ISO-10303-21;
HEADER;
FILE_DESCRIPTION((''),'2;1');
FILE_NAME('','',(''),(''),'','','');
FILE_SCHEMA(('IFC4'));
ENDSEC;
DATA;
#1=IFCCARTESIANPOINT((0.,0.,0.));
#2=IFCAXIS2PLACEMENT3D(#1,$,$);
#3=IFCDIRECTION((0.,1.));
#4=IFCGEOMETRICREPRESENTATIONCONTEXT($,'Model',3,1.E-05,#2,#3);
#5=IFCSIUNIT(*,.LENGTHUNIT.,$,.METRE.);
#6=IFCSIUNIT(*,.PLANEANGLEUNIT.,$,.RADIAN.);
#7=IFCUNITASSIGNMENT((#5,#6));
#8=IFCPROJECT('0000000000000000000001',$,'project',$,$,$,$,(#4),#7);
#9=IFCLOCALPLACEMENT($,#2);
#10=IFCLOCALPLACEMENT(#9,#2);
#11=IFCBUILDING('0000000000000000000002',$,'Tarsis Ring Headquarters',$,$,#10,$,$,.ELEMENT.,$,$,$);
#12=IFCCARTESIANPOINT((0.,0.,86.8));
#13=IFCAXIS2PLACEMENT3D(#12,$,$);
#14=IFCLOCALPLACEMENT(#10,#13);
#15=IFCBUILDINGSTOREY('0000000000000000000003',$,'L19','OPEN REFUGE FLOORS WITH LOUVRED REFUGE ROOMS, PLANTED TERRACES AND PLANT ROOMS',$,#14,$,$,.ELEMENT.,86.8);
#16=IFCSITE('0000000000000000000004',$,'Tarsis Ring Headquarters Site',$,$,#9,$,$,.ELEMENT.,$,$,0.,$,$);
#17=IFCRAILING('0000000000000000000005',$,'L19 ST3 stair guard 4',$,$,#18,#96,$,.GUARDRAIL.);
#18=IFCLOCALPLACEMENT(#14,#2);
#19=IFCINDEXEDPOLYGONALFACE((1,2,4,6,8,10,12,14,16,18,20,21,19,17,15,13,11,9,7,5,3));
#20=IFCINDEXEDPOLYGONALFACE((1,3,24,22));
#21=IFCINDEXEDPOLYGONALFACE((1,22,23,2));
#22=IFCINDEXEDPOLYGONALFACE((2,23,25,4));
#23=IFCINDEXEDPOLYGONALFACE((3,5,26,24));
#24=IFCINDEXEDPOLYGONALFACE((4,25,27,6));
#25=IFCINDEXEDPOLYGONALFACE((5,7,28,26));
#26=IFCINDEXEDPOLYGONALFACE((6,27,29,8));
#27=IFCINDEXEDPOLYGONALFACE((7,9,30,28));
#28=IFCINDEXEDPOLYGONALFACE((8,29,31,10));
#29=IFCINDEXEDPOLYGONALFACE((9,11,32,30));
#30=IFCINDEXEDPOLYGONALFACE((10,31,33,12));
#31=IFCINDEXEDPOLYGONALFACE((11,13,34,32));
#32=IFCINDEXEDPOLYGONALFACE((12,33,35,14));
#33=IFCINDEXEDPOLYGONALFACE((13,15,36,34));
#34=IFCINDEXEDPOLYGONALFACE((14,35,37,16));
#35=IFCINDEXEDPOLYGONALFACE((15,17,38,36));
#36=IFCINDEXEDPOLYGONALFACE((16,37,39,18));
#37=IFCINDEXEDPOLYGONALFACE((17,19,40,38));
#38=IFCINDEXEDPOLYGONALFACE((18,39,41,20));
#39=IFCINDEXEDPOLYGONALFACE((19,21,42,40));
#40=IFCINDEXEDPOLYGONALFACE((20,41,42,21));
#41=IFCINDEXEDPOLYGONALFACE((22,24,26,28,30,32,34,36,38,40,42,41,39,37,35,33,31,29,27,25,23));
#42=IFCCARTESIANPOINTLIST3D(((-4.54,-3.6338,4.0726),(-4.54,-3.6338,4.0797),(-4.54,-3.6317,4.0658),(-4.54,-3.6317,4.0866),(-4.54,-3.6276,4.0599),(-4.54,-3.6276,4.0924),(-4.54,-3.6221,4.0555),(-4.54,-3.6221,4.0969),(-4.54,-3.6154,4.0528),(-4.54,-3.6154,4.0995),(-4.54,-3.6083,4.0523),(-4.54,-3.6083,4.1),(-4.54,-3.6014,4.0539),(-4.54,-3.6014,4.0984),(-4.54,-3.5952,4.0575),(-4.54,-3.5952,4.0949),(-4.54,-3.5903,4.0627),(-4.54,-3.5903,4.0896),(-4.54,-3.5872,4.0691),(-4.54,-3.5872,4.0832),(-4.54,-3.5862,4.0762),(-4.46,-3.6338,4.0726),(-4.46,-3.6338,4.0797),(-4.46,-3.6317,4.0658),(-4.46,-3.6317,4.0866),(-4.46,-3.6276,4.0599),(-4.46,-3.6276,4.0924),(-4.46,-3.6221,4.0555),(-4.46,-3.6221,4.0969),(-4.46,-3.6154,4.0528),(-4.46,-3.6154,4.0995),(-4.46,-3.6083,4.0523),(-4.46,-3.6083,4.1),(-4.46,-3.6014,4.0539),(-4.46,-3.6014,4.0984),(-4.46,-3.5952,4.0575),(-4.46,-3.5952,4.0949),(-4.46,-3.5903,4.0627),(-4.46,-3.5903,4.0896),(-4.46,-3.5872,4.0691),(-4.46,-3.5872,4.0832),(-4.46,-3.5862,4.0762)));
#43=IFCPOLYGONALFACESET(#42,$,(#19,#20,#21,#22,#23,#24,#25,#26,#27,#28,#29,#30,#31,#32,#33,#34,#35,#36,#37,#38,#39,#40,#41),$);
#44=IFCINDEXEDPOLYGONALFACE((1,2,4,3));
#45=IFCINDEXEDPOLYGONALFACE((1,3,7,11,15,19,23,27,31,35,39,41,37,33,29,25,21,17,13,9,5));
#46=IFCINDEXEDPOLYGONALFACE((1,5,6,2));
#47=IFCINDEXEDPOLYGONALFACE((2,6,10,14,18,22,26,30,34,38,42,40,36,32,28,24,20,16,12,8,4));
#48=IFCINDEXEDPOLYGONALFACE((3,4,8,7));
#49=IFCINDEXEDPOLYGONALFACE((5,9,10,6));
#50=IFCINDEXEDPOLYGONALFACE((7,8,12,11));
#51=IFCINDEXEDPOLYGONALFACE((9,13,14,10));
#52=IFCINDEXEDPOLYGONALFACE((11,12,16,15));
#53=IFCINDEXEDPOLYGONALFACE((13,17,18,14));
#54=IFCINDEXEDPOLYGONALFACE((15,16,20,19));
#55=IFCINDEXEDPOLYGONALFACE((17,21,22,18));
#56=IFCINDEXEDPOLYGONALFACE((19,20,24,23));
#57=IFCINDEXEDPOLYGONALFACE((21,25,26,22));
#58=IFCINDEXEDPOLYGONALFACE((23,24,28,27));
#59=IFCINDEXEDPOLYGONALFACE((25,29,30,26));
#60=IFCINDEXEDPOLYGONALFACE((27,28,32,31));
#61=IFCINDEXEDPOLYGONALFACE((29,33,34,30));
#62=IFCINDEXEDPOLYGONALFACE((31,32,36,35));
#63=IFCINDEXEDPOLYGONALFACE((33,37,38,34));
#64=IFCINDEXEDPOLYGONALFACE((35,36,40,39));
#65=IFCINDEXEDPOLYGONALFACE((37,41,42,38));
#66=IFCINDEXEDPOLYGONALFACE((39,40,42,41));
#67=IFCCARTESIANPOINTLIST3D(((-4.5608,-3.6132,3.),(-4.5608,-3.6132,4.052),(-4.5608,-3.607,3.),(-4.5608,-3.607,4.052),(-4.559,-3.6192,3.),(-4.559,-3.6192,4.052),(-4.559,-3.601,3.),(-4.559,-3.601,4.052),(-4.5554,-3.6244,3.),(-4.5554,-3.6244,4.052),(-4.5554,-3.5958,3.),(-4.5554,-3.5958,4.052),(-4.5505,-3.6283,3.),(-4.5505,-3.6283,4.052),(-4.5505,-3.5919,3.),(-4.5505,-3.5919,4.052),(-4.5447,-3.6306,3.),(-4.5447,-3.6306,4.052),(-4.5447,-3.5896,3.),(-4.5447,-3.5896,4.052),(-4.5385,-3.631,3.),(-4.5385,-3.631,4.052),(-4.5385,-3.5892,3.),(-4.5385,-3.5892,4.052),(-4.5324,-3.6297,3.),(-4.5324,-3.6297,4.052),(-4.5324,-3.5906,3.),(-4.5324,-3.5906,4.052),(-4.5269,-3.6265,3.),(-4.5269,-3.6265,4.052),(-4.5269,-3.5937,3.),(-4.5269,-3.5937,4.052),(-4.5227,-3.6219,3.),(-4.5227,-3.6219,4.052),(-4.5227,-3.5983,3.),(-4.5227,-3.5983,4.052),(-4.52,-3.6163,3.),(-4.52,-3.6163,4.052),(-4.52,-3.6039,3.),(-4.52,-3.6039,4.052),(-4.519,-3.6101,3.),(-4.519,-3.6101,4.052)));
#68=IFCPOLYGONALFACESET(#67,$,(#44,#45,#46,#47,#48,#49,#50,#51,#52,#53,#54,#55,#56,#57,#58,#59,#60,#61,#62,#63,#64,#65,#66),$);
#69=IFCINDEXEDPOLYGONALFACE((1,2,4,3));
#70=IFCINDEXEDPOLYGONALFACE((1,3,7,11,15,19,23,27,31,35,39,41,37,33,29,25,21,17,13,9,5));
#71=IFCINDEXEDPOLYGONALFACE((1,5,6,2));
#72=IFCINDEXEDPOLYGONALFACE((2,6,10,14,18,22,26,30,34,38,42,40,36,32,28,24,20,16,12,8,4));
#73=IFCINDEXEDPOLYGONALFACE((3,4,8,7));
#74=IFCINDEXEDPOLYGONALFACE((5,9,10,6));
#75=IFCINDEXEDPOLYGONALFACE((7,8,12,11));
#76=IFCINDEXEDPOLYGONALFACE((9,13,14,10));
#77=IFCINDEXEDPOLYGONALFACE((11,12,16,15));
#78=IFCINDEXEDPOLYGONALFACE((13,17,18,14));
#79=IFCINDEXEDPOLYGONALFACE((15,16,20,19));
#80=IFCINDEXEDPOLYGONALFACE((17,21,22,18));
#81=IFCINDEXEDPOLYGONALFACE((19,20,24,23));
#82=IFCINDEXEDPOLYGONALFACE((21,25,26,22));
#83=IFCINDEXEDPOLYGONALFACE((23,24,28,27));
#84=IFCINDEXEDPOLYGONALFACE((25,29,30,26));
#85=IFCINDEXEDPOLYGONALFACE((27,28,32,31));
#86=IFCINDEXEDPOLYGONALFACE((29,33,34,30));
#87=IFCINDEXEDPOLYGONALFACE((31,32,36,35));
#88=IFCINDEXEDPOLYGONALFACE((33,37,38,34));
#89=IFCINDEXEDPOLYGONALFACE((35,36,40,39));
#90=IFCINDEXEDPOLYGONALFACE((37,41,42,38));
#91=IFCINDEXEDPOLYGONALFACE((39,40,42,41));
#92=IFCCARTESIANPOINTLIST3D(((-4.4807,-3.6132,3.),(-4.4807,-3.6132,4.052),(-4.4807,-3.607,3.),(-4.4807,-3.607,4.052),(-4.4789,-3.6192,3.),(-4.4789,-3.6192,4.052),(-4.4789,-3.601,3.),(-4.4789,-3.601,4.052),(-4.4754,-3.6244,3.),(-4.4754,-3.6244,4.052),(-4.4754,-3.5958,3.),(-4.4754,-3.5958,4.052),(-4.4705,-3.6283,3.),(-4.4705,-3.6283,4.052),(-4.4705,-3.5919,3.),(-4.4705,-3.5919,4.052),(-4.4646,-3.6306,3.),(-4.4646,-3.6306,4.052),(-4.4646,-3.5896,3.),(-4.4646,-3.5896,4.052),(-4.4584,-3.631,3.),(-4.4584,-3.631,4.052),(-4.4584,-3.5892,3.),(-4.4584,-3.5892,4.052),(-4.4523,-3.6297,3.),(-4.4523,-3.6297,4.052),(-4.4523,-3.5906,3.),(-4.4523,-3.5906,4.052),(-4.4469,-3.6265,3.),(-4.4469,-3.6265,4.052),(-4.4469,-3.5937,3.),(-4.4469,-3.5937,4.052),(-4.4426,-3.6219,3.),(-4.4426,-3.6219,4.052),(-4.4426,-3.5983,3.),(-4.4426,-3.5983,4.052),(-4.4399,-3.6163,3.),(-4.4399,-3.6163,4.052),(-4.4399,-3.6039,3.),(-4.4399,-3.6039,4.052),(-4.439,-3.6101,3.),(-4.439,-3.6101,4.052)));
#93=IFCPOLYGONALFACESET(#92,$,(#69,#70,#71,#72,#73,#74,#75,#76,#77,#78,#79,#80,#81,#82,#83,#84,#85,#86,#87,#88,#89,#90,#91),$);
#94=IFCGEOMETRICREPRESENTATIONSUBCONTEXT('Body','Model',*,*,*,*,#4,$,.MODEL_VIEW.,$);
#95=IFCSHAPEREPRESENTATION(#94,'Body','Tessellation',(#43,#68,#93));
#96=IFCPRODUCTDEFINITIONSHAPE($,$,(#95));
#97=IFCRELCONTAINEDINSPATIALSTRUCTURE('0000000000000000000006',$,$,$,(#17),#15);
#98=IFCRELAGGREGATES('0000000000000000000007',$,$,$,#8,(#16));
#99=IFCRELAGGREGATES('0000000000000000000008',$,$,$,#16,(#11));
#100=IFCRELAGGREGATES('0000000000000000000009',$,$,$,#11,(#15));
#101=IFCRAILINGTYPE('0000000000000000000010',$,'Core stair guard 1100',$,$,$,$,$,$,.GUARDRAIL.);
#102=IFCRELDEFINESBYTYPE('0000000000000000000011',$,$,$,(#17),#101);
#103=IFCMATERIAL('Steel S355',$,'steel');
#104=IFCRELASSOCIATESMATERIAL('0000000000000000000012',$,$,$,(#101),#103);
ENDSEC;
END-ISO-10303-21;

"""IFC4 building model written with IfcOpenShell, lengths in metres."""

from ifc_helpers import new_model, si_unit, direction, frame, origin, origin_2d, place, context, subcontext, project, spatial, circle, extrude, material, type_object, element, save


model = new_model("IFC4")

# Units and contexts
model_context = context("Model", 3, precision=1e-05, world=origin(), true_north=direction((0.0, 1.0)))
body_context = subcontext(model_context, "Body", "Model", "MODEL_VIEW")
ifc_project = project(units=[si_unit("LENGTHUNIT", "METRE"), si_unit("PLANEANGLEUNIT", "RADIAN")], contexts=[model_context])

# Site, building, storey
site_placement = place(None, origin())
site = spatial("IfcSite", under=ifc_project, at=site_placement, Name="Tarsis Ring Headquarters Site", CompositionType="ELEMENT", RefElevation=0.0)
building_placement = place(site_placement, origin())
building = spatial("IfcBuilding", under=site, at=building_placement, Name="Tarsis Ring Headquarters", CompositionType="ELEMENT")
storey_placement = place(building_placement, frame((0.0, 0.0, 86.8)))
storey = spatial("IfcBuildingStorey", under=building, at=storey_placement, Name="L19", Description="OPEN REFUGE FLOORS WITH LOUVRED REFUGE ROOMS, PLANTED TERRACES AND PLANT ROOMS", CompositionType="ELEMENT", Elevation=86.8)

# Railing
ifc_material_1 = material(Name="Steel S355", Category="steel")
railing_type_1 = type_object("IfcRailingType", Name="Core stair guard 1100", PredefinedType="GUARDRAIL", material=ifc_material_1)
railing_1_placement = place(storey_placement, frame((-4.54, -3.6101, 3.0)))
element("IfcRailing", 1, at=railing_1_placement, inside=storey, type_object=railing_type_1, Name="L19 ST3 stair guard 4", PredefinedType="GUARDRAIL", context=body_context, shape_type="SweptSolid", body=[
    extrude(circle(Radius=0.0239, at=origin_2d()), frame((0.0, 0.0, 1.0762), z_axis=(1.0, 0.0, 0.0), x_axis=(0.0, 1.0, 0.0)), (0.0, 0.0, 1.0), 0.0801),
    extrude(circle(Radius=0.021, at=origin_2d()), origin(), (0.0, 0.0, 1.0), 1.052),
    extrude(circle(Radius=0.021, at=origin_2d()), frame((0.0801, 0.0, 0.0)), (0.0, 0.0, 1.0), 1.052),
])

save(model, "model.ifc")
